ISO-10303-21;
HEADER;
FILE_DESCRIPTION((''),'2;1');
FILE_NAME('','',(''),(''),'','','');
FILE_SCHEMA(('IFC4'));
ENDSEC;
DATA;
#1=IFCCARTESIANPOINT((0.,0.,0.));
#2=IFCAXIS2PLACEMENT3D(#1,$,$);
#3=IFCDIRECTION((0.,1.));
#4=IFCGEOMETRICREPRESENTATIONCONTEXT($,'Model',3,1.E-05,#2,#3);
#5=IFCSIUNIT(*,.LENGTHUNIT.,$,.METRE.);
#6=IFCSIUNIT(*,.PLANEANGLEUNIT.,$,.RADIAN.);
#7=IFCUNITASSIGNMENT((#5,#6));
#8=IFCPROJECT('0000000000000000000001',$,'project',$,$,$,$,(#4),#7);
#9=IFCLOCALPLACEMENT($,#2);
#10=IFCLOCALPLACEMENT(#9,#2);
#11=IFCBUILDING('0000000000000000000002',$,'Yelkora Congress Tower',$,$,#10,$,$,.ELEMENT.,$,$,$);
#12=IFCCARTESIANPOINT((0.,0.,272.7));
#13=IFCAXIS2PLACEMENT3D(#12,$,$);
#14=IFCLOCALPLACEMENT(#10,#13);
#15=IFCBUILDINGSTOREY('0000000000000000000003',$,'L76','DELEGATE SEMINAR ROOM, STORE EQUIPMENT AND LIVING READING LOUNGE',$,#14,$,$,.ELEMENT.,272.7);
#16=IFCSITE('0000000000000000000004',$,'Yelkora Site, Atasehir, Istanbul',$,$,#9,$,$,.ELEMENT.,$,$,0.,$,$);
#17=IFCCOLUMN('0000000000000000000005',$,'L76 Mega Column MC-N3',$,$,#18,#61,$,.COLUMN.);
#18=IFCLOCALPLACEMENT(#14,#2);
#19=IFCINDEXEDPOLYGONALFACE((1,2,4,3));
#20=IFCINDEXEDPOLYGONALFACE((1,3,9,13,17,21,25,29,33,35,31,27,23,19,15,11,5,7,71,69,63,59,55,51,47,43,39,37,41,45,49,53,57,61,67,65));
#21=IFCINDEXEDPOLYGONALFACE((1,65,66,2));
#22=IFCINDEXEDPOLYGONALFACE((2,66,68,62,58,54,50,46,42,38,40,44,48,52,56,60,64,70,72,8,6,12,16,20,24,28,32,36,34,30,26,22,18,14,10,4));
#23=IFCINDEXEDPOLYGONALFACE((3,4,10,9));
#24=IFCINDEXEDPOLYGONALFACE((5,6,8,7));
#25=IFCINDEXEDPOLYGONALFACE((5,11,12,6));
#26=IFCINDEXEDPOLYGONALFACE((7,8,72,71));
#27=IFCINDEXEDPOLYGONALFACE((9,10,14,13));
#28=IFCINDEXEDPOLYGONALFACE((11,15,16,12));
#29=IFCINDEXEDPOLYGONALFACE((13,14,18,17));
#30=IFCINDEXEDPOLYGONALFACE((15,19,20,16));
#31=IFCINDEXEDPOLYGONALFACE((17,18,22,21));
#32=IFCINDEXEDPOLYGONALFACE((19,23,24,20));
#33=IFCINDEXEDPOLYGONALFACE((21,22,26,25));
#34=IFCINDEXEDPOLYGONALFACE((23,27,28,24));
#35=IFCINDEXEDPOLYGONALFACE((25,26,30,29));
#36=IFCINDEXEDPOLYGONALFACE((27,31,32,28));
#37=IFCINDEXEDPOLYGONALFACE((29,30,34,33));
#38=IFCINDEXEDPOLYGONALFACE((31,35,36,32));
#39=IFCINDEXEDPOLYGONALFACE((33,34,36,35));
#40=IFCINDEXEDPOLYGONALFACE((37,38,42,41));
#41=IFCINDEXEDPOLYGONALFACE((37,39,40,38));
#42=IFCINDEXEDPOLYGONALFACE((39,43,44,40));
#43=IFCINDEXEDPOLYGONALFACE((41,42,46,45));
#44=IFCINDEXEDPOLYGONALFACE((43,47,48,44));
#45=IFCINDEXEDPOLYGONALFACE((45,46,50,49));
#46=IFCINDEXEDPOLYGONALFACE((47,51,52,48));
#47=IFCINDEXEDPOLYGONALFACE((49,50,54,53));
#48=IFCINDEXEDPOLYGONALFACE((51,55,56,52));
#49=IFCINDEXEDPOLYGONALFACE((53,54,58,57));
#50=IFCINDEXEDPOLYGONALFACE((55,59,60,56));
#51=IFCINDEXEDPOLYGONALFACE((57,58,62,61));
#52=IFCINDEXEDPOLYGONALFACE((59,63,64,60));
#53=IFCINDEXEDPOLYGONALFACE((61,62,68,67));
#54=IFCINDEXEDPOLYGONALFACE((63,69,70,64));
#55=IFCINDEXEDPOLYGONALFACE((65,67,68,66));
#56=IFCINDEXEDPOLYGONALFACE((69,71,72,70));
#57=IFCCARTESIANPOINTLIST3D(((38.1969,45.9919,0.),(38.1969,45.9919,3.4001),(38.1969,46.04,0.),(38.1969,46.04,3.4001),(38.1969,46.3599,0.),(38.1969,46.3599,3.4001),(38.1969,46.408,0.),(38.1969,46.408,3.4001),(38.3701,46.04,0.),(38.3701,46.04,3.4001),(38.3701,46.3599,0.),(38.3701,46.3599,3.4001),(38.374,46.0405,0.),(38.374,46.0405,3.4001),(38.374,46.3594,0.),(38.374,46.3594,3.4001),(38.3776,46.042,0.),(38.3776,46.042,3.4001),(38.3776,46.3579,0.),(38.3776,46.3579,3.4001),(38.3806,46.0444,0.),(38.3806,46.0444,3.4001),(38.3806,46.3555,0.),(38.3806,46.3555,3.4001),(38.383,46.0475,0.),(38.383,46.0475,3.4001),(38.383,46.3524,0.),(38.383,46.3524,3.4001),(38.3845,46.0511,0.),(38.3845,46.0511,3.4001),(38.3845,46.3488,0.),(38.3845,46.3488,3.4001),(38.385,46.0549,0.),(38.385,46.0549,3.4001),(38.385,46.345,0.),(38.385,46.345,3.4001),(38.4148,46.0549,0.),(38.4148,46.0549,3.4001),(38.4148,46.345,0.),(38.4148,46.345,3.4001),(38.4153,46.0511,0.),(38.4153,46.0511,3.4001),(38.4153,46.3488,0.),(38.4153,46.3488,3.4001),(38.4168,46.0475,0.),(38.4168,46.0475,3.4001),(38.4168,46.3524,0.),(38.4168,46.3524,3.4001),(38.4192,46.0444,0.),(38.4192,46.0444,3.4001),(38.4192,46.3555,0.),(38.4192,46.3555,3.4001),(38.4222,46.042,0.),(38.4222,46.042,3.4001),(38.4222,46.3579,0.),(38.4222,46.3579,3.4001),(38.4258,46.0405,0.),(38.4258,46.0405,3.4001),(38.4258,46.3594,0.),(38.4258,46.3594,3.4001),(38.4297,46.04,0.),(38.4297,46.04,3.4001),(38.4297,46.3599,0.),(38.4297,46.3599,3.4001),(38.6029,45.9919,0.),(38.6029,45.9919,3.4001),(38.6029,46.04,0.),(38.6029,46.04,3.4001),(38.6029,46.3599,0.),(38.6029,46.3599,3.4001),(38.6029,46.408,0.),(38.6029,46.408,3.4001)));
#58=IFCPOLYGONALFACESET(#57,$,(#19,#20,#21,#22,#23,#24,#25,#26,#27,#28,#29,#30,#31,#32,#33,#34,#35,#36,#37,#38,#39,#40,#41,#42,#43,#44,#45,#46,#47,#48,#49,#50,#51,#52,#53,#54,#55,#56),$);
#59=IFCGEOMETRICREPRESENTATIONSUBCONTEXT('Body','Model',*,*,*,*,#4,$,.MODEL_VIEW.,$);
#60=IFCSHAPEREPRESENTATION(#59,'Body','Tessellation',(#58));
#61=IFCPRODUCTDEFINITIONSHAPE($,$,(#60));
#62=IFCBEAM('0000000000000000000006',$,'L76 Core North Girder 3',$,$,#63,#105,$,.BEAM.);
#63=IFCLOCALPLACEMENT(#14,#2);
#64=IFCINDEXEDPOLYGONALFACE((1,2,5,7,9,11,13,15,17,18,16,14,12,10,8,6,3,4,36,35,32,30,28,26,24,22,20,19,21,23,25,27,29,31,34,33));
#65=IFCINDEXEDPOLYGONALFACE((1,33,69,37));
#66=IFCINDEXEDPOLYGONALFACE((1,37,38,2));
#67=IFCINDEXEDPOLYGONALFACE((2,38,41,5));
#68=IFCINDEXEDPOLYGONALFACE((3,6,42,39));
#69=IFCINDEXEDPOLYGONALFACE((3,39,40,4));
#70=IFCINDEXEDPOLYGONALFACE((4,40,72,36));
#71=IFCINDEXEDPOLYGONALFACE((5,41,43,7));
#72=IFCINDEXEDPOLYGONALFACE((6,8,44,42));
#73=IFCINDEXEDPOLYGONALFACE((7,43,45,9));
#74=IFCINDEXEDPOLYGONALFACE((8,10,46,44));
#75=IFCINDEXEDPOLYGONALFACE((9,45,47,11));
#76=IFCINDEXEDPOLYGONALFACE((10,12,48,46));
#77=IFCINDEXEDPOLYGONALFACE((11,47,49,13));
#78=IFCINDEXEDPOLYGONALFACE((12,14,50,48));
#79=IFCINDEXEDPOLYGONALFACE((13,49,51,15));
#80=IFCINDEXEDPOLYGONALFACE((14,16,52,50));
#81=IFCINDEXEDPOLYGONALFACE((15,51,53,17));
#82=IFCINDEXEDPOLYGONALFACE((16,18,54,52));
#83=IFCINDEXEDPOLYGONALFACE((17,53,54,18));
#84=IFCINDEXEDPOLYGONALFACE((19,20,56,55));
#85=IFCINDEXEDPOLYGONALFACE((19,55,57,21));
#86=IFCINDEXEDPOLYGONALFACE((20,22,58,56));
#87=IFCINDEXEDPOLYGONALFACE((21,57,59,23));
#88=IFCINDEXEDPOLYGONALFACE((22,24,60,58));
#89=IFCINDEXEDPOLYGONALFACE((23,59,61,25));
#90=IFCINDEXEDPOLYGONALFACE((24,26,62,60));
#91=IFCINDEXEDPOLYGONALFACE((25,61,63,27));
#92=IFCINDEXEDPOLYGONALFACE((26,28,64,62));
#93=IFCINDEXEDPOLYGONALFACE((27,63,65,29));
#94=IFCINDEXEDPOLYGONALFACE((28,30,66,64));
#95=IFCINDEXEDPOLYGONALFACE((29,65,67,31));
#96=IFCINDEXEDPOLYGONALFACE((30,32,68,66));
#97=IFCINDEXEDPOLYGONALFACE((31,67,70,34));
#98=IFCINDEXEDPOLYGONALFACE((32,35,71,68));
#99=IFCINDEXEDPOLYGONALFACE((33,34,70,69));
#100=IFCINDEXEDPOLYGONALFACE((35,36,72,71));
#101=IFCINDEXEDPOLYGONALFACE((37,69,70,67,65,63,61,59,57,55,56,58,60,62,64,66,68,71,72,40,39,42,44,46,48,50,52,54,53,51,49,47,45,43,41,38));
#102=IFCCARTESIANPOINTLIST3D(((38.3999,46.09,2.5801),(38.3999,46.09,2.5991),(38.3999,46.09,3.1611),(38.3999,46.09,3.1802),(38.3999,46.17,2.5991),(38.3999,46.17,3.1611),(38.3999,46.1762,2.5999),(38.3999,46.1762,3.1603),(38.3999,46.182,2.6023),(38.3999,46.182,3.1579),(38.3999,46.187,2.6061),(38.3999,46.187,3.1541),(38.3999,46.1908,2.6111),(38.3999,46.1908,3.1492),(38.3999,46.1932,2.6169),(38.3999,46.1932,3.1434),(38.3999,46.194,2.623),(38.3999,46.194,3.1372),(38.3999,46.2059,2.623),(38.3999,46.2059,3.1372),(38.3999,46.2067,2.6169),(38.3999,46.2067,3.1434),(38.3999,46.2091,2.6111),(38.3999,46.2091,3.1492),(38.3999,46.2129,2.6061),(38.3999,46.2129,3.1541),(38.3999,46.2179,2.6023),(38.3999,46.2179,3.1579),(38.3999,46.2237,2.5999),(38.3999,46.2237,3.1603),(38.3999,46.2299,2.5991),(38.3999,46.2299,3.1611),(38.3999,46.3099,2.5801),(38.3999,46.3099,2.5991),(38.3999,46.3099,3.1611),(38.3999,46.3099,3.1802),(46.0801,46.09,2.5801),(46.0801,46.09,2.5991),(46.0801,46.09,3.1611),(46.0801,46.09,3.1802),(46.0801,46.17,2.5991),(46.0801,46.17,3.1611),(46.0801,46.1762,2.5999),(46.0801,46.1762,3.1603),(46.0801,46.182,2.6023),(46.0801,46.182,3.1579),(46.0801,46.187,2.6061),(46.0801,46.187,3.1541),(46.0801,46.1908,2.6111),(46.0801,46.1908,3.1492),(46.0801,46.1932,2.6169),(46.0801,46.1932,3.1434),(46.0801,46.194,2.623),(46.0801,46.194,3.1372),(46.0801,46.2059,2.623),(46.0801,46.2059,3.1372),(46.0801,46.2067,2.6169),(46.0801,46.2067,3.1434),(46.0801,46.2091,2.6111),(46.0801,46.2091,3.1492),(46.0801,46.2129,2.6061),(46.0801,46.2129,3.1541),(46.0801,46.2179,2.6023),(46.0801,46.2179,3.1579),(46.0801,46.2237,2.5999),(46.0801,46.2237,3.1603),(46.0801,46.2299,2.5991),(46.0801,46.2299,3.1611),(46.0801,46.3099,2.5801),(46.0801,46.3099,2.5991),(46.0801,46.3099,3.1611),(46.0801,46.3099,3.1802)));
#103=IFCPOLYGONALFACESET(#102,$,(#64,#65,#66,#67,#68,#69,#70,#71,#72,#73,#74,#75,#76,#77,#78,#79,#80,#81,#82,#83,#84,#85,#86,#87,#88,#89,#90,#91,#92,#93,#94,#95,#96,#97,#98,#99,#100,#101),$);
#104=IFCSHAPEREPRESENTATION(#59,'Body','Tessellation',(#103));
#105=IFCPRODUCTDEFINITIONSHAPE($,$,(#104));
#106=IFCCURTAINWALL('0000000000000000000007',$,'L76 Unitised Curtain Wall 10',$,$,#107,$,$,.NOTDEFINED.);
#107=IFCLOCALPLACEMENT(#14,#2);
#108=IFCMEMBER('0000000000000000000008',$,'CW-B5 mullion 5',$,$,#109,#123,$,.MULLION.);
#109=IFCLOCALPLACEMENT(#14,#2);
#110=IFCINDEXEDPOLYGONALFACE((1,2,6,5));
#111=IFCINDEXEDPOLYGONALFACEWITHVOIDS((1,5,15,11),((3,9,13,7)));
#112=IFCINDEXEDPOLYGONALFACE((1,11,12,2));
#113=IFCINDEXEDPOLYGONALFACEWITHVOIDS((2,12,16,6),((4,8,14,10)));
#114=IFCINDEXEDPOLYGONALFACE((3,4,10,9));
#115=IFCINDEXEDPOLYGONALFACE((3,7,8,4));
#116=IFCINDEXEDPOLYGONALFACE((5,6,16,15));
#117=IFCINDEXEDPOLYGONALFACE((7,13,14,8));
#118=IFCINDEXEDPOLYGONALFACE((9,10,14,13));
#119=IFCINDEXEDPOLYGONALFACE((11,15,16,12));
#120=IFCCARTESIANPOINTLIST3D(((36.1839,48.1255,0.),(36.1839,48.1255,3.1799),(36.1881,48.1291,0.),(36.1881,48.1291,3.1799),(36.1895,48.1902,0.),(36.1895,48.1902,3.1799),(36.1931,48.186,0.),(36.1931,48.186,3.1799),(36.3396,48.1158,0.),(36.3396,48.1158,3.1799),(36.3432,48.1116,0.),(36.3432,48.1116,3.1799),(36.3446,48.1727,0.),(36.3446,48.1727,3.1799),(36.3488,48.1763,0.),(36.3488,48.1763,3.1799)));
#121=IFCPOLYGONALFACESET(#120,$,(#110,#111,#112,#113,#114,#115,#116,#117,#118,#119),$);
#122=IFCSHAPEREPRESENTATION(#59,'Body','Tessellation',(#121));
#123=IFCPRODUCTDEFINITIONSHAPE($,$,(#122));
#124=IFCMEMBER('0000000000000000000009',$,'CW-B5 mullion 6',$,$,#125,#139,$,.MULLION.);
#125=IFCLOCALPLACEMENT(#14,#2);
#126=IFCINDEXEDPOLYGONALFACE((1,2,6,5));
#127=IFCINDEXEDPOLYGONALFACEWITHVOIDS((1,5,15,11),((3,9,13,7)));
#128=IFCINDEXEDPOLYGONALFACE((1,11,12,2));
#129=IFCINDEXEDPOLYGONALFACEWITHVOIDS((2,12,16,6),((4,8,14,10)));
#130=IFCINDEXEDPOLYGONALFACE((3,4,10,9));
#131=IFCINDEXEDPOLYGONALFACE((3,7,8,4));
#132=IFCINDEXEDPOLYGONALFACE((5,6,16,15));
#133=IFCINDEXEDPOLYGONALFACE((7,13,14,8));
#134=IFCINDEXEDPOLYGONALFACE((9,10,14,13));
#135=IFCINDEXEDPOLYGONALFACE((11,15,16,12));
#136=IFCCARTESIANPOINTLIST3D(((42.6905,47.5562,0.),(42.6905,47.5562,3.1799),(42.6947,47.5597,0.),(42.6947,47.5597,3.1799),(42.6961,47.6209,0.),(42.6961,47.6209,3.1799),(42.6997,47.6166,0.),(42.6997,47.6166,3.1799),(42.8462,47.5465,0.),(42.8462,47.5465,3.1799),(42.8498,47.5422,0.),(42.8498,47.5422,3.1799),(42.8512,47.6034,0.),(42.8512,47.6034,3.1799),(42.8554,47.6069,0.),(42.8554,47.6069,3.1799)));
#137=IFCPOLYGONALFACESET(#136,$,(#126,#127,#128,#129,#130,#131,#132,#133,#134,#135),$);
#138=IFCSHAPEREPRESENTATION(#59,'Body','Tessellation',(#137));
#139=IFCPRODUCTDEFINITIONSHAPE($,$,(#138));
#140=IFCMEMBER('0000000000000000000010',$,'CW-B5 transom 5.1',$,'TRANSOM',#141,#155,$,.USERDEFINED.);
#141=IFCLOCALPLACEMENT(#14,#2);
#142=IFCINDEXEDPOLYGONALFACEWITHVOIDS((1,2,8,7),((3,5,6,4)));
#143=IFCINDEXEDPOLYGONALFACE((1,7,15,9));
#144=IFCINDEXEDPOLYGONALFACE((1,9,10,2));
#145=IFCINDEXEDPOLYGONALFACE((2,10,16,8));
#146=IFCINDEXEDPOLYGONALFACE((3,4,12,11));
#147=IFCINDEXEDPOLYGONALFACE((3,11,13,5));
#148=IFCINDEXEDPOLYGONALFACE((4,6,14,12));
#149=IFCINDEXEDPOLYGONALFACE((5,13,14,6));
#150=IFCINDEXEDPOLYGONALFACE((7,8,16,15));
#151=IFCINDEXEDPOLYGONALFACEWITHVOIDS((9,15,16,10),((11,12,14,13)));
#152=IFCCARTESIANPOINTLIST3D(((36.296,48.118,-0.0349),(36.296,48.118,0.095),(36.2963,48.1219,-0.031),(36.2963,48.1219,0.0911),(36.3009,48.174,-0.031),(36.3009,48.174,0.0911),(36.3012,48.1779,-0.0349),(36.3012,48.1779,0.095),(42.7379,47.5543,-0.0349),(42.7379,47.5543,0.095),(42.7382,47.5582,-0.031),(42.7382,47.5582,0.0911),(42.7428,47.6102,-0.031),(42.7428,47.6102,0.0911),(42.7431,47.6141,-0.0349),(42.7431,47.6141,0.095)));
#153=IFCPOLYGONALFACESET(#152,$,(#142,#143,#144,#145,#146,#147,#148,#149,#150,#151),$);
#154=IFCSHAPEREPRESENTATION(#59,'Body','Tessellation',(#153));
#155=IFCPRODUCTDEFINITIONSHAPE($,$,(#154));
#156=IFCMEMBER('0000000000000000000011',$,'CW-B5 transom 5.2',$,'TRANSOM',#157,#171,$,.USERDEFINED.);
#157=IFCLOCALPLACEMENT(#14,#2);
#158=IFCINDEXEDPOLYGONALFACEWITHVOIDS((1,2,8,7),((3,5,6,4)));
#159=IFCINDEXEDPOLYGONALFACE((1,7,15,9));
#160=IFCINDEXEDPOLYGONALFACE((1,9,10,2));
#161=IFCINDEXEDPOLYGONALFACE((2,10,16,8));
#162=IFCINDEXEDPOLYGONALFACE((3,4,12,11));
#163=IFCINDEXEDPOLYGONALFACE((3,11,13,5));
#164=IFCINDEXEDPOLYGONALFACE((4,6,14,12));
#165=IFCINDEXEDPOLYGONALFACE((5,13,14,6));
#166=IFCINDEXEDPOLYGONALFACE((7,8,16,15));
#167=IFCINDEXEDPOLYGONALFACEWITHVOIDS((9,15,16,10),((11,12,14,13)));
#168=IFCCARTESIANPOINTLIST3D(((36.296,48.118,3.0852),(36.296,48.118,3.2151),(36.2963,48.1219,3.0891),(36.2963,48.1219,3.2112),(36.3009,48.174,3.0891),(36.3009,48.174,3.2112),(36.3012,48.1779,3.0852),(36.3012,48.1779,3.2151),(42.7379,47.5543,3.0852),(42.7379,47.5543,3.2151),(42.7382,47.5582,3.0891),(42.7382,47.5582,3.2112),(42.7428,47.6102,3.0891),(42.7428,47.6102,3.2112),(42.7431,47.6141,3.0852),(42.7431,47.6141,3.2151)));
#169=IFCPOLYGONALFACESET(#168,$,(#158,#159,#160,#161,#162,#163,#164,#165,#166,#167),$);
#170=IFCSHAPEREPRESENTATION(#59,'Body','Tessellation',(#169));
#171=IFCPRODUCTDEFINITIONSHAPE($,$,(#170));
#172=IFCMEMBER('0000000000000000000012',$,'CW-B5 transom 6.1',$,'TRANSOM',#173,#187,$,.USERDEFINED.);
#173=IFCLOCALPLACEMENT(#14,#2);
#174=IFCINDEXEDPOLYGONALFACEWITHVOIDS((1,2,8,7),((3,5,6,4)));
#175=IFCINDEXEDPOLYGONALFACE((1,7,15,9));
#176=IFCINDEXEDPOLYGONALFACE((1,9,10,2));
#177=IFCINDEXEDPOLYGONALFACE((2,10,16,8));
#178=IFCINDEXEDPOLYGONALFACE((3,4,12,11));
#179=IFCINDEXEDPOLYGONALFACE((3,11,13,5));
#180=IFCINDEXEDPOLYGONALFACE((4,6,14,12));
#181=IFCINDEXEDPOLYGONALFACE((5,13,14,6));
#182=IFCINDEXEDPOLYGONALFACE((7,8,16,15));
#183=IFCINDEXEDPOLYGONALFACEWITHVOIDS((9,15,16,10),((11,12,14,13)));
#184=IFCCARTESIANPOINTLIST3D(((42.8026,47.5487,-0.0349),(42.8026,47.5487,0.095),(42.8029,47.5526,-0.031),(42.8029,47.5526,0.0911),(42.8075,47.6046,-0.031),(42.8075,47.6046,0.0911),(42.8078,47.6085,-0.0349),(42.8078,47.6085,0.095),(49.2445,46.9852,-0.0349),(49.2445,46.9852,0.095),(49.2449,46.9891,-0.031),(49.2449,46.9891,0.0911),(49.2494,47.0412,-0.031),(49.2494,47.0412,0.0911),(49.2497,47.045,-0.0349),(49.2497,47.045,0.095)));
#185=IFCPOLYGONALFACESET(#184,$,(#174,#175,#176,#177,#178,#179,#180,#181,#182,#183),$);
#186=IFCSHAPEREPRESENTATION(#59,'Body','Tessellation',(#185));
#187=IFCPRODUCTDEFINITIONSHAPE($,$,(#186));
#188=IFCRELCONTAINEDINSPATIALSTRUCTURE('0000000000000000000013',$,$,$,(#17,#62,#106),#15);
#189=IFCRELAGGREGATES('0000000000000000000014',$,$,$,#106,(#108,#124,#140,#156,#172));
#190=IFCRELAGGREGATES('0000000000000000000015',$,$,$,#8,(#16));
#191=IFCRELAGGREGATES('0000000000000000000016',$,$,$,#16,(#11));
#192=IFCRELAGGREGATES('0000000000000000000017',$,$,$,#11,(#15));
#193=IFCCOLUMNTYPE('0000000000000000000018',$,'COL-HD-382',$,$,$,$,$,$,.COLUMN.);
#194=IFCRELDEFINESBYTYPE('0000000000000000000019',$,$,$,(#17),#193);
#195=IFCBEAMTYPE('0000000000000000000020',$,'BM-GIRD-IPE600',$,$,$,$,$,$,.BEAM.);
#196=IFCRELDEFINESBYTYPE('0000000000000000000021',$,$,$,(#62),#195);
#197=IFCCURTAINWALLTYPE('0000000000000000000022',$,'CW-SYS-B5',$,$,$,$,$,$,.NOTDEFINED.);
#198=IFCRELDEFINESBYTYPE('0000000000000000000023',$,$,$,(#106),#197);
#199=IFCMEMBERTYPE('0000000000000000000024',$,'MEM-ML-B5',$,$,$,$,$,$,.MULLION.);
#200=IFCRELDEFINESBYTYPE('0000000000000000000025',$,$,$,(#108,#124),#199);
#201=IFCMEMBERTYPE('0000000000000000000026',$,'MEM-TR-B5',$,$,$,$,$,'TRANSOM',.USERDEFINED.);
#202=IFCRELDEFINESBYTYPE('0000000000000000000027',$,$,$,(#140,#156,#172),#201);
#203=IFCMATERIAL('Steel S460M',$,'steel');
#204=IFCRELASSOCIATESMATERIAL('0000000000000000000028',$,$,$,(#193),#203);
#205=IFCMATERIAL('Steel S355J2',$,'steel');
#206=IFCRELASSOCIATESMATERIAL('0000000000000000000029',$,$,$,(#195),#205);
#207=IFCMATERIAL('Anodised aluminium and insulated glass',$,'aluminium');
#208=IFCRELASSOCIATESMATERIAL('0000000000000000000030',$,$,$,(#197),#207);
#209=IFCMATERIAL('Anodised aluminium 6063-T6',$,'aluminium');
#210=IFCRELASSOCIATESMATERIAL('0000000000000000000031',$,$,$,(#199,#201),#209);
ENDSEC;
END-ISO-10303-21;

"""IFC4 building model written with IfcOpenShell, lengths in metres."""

from ifc_helpers import new_model, si_unit, direction, frame, origin, origin_2d, place, context, subcontext, project, spatial, hollow_rectangle, i_section, extrude, material, material_profile, profile_set, type_object, element, aggregate, save


model = new_model("IFC4")

# Units and contexts
model_context = context("Model", 3, precision=1e-05, world=origin(), true_north=direction((0.0, 1.0)))
body_context = subcontext(model_context, "Body", "Model", "MODEL_VIEW")
ifc_project = project(units=[si_unit("LENGTHUNIT", "METRE"), si_unit("PLANEANGLEUNIT", "RADIAN")], contexts=[model_context])

# Site, building, storey
site_placement = place(None, origin())
site = spatial("IfcSite", under=ifc_project, at=site_placement, Name="Yelkora Site, Atasehir, Istanbul", CompositionType="ELEMENT", RefElevation=0.0)
building_placement = place(site_placement, origin())
building = spatial("IfcBuilding", under=site, at=building_placement, Name="Yelkora Congress Tower", CompositionType="ELEMENT")
storey_placement = place(building_placement, frame((0.0, 0.0, 272.7)))
storey = spatial("IfcBuildingStorey", under=building, at=storey_placement, Name="L76", Description="DELEGATE SEMINAR ROOM, STORE EQUIPMENT AND LIVING READING LOUNGE", CompositionType="ELEMENT", Elevation=272.7)

# Column
ifc_material_1 = material(Name="Steel S460M", Category="steel")
ifc_material_profile_1 = material_profile(ifc_material_1, i_section(OverallWidth=0.406, OverallDepth=0.416, WebThickness=0.0298, FlangeThickness=0.0481, FilletRadius=0.0149, at=origin_2d()), Name="HD 400x382")
ifc_profile_set_1 = profile_set([ifc_material_profile_1], Name="Steel S460M")
column_type = type_object("IfcColumnType", Name="COL-HD-382", PredefinedType="COLUMN", material=ifc_profile_set_1)
column_placement = place(storey_placement, frame((38.3999, 46.2, 0.0), z_axis=(0.0, 0.0, 1.0), x_axis=(1.0, 0.0, 0.0)))
element("IfcColumn", 1, at=column_placement, inside=storey, type_object=column_type, Name="L76 Mega Column MC-N3", PredefinedType="COLUMN", context=body_context, shape_type="SweptSolid", body=[
    extrude(i_section(OverallWidth=0.406, OverallDepth=0.416, WebThickness=0.0298, FlangeThickness=0.0481, FilletRadius=0.0149, at=origin_2d()), origin(), (0.0, 0.0, 1.0), 3.4001),
])

# Beam
ifc_material_2 = material(Name="Steel S355J2", Category="steel")
ifc_material_profile_2 = material_profile(ifc_material_2, i_section(OverallWidth=0.22, OverallDepth=0.6001, WebThickness=0.012, FlangeThickness=0.019, FilletRadius=0.0239, at=origin_2d()), Name="IPE 600")
ifc_profile_set_2 = profile_set([ifc_material_profile_2], Name="Steel S355J2")
beam_type = type_object("IfcBeamType", Name="BM-GIRD-IPE600", PredefinedType="BEAM", material=ifc_profile_set_2)
beam_placement = place(storey_placement, frame((38.3999, 46.2, 2.8801), z_axis=(1.0, 0.0, 0.0), x_axis=(0.0, 1.0, 0.0)))
element("IfcBeam", 2, at=beam_placement, inside=storey, type_object=beam_type, Name="L76 Core North Girder 3", PredefinedType="BEAM", context=body_context, shape_type="SweptSolid", body=[
    extrude(i_section(OverallWidth=0.22, OverallDepth=0.6001, WebThickness=0.012, FlangeThickness=0.019, FilletRadius=0.0239, at=origin_2d()), origin(), (0.0, 0.0, 1.0), 7.6802),
])

# Curtain wall, members
ifc_material_3 = material(Name="Anodised aluminium and insulated glass", Category="aluminium")
curtain_wall_type = type_object("IfcCurtainWallType", Name="CW-SYS-B5", PredefinedType="NOTDEFINED", material=ifc_material_3)
curtain_wall_placement = place(storey_placement, origin())
curtain_wall = element("IfcCurtainWall", 3, at=curtain_wall_placement, inside=storey, type_object=curtain_wall_type, Name="L76 Unitised Curtain Wall 10", PredefinedType="NOTDEFINED")
ifc_material_4 = material(Name="Anodised aluminium 6063-T6", Category="aluminium")
ifc_material_profile_3 = material_profile(ifc_material_4, hollow_rectangle(XDim=0.0649, YDim=0.1599, WallThickness=0.0039, at=origin_2d()), Name="ALU 65x160x4")
ifc_profile_set_3 = profile_set([ifc_material_profile_3], Name="Anodised aluminium 6063-T6")
member_type_1 = type_object("IfcMemberType", Name="MEM-ML-B5", PredefinedType="MULLION", material=ifc_profile_set_3)
member_1_placement = place(storey_placement, frame((36.2664, 48.1509, 0.0), z_axis=(0.0, 0.0, 1.0), x_axis=(0.087157, 0.996195, 0.0)))
member_1 = element("IfcMember", 4, at=member_1_placement, type_object=member_type_1, Name="CW-B5 mullion 5", PredefinedType="MULLION", context=body_context, shape_type="SweptSolid", body=[
    extrude(hollow_rectangle(XDim=0.0649, YDim=0.1599, WallThickness=0.0039, at=origin_2d()), origin(), (0.0, 0.0, 1.0), 3.1799),
])
member_2_placement = place(storey_placement, frame((42.7729, 47.5815, 0.0), z_axis=(0.0, 0.0, 1.0), x_axis=(0.087157, 0.996195, 0.0)))
member_2 = element("IfcMember", 5, at=member_2_placement, type_object=member_type_1, Name="CW-B5 mullion 6", PredefinedType="MULLION", context=body_context, shape_type="SweptSolid", body=[
    extrude(hollow_rectangle(XDim=0.0649, YDim=0.1599, WallThickness=0.0039, at=origin_2d()), origin(), (0.0, 0.0, 1.0), 3.1799),
])
ifc_material_profile_4 = material_profile(ifc_material_4, hollow_rectangle(XDim=0.0601, YDim=0.1299, WallThickness=0.0039, at=origin_2d()), Name="ALU 60x130x4")
ifc_profile_set_4 = profile_set([ifc_material_profile_4], Name="Anodised aluminium 6063-T6")
member_type_2 = type_object("IfcMemberType", Name="MEM-TR-B5", ElementType="TRANSOM", PredefinedType="USERDEFINED", material=ifc_profile_set_4)
member_3_placement = place(storey_placement, frame((36.2986, 48.1479, 0.03), z_axis=(0.996193, -0.087175, 0.0), x_axis=(0.087175, 0.996193, 0.0)))
member_3 = element("IfcMember", 6, at=member_3_placement, type_object=member_type_2, Name="CW-B5 transom 5.1", ObjectType="TRANSOM", PredefinedType="USERDEFINED", context=body_context, shape_type="SweptSolid", body=[
    extrude(hollow_rectangle(XDim=0.0601, YDim=0.1299, WallThickness=0.0039, at=origin_2d()), origin(), (0.0, 0.0, 1.0), 6.4666),
])
member_4_placement = place(storey_placement, frame((36.2986, 48.1479, 3.1501), z_axis=(0.996193, -0.087175, 0.0), x_axis=(0.087175, 0.996193, 0.0)))
member_4 = element("IfcMember", 7, at=member_4_placement, type_object=member_type_2, Name="CW-B5 transom 5.2", ObjectType="TRANSOM", PredefinedType="USERDEFINED", context=body_context, shape_type="SweptSolid", body=[
    extrude(hollow_rectangle(XDim=0.0601, YDim=0.1299, WallThickness=0.0039, at=origin_2d()), origin(), (0.0, 0.0, 1.0), 6.4666),
])
member_5_placement = place(storey_placement, frame((42.8052, 47.5786, 0.03), z_axis=(0.996196, -0.087138, 0.0), x_axis=(0.087138, 0.996196, 0.0)))
member_5 = element("IfcMember", 8, at=member_5_placement, type_object=member_type_2, Name="CW-B5 transom 6.1", ObjectType="TRANSOM", PredefinedType="USERDEFINED", context=body_context, shape_type="SweptSolid", body=[
    extrude(hollow_rectangle(XDim=0.0601, YDim=0.1299, WallThickness=0.0039, at=origin_2d()), origin(), (0.0, 0.0, 1.0), 6.4666),
])
aggregate(curtain_wall, [member_1, member_2, member_3, member_4, member_5])

save(model, "model.ifc")
